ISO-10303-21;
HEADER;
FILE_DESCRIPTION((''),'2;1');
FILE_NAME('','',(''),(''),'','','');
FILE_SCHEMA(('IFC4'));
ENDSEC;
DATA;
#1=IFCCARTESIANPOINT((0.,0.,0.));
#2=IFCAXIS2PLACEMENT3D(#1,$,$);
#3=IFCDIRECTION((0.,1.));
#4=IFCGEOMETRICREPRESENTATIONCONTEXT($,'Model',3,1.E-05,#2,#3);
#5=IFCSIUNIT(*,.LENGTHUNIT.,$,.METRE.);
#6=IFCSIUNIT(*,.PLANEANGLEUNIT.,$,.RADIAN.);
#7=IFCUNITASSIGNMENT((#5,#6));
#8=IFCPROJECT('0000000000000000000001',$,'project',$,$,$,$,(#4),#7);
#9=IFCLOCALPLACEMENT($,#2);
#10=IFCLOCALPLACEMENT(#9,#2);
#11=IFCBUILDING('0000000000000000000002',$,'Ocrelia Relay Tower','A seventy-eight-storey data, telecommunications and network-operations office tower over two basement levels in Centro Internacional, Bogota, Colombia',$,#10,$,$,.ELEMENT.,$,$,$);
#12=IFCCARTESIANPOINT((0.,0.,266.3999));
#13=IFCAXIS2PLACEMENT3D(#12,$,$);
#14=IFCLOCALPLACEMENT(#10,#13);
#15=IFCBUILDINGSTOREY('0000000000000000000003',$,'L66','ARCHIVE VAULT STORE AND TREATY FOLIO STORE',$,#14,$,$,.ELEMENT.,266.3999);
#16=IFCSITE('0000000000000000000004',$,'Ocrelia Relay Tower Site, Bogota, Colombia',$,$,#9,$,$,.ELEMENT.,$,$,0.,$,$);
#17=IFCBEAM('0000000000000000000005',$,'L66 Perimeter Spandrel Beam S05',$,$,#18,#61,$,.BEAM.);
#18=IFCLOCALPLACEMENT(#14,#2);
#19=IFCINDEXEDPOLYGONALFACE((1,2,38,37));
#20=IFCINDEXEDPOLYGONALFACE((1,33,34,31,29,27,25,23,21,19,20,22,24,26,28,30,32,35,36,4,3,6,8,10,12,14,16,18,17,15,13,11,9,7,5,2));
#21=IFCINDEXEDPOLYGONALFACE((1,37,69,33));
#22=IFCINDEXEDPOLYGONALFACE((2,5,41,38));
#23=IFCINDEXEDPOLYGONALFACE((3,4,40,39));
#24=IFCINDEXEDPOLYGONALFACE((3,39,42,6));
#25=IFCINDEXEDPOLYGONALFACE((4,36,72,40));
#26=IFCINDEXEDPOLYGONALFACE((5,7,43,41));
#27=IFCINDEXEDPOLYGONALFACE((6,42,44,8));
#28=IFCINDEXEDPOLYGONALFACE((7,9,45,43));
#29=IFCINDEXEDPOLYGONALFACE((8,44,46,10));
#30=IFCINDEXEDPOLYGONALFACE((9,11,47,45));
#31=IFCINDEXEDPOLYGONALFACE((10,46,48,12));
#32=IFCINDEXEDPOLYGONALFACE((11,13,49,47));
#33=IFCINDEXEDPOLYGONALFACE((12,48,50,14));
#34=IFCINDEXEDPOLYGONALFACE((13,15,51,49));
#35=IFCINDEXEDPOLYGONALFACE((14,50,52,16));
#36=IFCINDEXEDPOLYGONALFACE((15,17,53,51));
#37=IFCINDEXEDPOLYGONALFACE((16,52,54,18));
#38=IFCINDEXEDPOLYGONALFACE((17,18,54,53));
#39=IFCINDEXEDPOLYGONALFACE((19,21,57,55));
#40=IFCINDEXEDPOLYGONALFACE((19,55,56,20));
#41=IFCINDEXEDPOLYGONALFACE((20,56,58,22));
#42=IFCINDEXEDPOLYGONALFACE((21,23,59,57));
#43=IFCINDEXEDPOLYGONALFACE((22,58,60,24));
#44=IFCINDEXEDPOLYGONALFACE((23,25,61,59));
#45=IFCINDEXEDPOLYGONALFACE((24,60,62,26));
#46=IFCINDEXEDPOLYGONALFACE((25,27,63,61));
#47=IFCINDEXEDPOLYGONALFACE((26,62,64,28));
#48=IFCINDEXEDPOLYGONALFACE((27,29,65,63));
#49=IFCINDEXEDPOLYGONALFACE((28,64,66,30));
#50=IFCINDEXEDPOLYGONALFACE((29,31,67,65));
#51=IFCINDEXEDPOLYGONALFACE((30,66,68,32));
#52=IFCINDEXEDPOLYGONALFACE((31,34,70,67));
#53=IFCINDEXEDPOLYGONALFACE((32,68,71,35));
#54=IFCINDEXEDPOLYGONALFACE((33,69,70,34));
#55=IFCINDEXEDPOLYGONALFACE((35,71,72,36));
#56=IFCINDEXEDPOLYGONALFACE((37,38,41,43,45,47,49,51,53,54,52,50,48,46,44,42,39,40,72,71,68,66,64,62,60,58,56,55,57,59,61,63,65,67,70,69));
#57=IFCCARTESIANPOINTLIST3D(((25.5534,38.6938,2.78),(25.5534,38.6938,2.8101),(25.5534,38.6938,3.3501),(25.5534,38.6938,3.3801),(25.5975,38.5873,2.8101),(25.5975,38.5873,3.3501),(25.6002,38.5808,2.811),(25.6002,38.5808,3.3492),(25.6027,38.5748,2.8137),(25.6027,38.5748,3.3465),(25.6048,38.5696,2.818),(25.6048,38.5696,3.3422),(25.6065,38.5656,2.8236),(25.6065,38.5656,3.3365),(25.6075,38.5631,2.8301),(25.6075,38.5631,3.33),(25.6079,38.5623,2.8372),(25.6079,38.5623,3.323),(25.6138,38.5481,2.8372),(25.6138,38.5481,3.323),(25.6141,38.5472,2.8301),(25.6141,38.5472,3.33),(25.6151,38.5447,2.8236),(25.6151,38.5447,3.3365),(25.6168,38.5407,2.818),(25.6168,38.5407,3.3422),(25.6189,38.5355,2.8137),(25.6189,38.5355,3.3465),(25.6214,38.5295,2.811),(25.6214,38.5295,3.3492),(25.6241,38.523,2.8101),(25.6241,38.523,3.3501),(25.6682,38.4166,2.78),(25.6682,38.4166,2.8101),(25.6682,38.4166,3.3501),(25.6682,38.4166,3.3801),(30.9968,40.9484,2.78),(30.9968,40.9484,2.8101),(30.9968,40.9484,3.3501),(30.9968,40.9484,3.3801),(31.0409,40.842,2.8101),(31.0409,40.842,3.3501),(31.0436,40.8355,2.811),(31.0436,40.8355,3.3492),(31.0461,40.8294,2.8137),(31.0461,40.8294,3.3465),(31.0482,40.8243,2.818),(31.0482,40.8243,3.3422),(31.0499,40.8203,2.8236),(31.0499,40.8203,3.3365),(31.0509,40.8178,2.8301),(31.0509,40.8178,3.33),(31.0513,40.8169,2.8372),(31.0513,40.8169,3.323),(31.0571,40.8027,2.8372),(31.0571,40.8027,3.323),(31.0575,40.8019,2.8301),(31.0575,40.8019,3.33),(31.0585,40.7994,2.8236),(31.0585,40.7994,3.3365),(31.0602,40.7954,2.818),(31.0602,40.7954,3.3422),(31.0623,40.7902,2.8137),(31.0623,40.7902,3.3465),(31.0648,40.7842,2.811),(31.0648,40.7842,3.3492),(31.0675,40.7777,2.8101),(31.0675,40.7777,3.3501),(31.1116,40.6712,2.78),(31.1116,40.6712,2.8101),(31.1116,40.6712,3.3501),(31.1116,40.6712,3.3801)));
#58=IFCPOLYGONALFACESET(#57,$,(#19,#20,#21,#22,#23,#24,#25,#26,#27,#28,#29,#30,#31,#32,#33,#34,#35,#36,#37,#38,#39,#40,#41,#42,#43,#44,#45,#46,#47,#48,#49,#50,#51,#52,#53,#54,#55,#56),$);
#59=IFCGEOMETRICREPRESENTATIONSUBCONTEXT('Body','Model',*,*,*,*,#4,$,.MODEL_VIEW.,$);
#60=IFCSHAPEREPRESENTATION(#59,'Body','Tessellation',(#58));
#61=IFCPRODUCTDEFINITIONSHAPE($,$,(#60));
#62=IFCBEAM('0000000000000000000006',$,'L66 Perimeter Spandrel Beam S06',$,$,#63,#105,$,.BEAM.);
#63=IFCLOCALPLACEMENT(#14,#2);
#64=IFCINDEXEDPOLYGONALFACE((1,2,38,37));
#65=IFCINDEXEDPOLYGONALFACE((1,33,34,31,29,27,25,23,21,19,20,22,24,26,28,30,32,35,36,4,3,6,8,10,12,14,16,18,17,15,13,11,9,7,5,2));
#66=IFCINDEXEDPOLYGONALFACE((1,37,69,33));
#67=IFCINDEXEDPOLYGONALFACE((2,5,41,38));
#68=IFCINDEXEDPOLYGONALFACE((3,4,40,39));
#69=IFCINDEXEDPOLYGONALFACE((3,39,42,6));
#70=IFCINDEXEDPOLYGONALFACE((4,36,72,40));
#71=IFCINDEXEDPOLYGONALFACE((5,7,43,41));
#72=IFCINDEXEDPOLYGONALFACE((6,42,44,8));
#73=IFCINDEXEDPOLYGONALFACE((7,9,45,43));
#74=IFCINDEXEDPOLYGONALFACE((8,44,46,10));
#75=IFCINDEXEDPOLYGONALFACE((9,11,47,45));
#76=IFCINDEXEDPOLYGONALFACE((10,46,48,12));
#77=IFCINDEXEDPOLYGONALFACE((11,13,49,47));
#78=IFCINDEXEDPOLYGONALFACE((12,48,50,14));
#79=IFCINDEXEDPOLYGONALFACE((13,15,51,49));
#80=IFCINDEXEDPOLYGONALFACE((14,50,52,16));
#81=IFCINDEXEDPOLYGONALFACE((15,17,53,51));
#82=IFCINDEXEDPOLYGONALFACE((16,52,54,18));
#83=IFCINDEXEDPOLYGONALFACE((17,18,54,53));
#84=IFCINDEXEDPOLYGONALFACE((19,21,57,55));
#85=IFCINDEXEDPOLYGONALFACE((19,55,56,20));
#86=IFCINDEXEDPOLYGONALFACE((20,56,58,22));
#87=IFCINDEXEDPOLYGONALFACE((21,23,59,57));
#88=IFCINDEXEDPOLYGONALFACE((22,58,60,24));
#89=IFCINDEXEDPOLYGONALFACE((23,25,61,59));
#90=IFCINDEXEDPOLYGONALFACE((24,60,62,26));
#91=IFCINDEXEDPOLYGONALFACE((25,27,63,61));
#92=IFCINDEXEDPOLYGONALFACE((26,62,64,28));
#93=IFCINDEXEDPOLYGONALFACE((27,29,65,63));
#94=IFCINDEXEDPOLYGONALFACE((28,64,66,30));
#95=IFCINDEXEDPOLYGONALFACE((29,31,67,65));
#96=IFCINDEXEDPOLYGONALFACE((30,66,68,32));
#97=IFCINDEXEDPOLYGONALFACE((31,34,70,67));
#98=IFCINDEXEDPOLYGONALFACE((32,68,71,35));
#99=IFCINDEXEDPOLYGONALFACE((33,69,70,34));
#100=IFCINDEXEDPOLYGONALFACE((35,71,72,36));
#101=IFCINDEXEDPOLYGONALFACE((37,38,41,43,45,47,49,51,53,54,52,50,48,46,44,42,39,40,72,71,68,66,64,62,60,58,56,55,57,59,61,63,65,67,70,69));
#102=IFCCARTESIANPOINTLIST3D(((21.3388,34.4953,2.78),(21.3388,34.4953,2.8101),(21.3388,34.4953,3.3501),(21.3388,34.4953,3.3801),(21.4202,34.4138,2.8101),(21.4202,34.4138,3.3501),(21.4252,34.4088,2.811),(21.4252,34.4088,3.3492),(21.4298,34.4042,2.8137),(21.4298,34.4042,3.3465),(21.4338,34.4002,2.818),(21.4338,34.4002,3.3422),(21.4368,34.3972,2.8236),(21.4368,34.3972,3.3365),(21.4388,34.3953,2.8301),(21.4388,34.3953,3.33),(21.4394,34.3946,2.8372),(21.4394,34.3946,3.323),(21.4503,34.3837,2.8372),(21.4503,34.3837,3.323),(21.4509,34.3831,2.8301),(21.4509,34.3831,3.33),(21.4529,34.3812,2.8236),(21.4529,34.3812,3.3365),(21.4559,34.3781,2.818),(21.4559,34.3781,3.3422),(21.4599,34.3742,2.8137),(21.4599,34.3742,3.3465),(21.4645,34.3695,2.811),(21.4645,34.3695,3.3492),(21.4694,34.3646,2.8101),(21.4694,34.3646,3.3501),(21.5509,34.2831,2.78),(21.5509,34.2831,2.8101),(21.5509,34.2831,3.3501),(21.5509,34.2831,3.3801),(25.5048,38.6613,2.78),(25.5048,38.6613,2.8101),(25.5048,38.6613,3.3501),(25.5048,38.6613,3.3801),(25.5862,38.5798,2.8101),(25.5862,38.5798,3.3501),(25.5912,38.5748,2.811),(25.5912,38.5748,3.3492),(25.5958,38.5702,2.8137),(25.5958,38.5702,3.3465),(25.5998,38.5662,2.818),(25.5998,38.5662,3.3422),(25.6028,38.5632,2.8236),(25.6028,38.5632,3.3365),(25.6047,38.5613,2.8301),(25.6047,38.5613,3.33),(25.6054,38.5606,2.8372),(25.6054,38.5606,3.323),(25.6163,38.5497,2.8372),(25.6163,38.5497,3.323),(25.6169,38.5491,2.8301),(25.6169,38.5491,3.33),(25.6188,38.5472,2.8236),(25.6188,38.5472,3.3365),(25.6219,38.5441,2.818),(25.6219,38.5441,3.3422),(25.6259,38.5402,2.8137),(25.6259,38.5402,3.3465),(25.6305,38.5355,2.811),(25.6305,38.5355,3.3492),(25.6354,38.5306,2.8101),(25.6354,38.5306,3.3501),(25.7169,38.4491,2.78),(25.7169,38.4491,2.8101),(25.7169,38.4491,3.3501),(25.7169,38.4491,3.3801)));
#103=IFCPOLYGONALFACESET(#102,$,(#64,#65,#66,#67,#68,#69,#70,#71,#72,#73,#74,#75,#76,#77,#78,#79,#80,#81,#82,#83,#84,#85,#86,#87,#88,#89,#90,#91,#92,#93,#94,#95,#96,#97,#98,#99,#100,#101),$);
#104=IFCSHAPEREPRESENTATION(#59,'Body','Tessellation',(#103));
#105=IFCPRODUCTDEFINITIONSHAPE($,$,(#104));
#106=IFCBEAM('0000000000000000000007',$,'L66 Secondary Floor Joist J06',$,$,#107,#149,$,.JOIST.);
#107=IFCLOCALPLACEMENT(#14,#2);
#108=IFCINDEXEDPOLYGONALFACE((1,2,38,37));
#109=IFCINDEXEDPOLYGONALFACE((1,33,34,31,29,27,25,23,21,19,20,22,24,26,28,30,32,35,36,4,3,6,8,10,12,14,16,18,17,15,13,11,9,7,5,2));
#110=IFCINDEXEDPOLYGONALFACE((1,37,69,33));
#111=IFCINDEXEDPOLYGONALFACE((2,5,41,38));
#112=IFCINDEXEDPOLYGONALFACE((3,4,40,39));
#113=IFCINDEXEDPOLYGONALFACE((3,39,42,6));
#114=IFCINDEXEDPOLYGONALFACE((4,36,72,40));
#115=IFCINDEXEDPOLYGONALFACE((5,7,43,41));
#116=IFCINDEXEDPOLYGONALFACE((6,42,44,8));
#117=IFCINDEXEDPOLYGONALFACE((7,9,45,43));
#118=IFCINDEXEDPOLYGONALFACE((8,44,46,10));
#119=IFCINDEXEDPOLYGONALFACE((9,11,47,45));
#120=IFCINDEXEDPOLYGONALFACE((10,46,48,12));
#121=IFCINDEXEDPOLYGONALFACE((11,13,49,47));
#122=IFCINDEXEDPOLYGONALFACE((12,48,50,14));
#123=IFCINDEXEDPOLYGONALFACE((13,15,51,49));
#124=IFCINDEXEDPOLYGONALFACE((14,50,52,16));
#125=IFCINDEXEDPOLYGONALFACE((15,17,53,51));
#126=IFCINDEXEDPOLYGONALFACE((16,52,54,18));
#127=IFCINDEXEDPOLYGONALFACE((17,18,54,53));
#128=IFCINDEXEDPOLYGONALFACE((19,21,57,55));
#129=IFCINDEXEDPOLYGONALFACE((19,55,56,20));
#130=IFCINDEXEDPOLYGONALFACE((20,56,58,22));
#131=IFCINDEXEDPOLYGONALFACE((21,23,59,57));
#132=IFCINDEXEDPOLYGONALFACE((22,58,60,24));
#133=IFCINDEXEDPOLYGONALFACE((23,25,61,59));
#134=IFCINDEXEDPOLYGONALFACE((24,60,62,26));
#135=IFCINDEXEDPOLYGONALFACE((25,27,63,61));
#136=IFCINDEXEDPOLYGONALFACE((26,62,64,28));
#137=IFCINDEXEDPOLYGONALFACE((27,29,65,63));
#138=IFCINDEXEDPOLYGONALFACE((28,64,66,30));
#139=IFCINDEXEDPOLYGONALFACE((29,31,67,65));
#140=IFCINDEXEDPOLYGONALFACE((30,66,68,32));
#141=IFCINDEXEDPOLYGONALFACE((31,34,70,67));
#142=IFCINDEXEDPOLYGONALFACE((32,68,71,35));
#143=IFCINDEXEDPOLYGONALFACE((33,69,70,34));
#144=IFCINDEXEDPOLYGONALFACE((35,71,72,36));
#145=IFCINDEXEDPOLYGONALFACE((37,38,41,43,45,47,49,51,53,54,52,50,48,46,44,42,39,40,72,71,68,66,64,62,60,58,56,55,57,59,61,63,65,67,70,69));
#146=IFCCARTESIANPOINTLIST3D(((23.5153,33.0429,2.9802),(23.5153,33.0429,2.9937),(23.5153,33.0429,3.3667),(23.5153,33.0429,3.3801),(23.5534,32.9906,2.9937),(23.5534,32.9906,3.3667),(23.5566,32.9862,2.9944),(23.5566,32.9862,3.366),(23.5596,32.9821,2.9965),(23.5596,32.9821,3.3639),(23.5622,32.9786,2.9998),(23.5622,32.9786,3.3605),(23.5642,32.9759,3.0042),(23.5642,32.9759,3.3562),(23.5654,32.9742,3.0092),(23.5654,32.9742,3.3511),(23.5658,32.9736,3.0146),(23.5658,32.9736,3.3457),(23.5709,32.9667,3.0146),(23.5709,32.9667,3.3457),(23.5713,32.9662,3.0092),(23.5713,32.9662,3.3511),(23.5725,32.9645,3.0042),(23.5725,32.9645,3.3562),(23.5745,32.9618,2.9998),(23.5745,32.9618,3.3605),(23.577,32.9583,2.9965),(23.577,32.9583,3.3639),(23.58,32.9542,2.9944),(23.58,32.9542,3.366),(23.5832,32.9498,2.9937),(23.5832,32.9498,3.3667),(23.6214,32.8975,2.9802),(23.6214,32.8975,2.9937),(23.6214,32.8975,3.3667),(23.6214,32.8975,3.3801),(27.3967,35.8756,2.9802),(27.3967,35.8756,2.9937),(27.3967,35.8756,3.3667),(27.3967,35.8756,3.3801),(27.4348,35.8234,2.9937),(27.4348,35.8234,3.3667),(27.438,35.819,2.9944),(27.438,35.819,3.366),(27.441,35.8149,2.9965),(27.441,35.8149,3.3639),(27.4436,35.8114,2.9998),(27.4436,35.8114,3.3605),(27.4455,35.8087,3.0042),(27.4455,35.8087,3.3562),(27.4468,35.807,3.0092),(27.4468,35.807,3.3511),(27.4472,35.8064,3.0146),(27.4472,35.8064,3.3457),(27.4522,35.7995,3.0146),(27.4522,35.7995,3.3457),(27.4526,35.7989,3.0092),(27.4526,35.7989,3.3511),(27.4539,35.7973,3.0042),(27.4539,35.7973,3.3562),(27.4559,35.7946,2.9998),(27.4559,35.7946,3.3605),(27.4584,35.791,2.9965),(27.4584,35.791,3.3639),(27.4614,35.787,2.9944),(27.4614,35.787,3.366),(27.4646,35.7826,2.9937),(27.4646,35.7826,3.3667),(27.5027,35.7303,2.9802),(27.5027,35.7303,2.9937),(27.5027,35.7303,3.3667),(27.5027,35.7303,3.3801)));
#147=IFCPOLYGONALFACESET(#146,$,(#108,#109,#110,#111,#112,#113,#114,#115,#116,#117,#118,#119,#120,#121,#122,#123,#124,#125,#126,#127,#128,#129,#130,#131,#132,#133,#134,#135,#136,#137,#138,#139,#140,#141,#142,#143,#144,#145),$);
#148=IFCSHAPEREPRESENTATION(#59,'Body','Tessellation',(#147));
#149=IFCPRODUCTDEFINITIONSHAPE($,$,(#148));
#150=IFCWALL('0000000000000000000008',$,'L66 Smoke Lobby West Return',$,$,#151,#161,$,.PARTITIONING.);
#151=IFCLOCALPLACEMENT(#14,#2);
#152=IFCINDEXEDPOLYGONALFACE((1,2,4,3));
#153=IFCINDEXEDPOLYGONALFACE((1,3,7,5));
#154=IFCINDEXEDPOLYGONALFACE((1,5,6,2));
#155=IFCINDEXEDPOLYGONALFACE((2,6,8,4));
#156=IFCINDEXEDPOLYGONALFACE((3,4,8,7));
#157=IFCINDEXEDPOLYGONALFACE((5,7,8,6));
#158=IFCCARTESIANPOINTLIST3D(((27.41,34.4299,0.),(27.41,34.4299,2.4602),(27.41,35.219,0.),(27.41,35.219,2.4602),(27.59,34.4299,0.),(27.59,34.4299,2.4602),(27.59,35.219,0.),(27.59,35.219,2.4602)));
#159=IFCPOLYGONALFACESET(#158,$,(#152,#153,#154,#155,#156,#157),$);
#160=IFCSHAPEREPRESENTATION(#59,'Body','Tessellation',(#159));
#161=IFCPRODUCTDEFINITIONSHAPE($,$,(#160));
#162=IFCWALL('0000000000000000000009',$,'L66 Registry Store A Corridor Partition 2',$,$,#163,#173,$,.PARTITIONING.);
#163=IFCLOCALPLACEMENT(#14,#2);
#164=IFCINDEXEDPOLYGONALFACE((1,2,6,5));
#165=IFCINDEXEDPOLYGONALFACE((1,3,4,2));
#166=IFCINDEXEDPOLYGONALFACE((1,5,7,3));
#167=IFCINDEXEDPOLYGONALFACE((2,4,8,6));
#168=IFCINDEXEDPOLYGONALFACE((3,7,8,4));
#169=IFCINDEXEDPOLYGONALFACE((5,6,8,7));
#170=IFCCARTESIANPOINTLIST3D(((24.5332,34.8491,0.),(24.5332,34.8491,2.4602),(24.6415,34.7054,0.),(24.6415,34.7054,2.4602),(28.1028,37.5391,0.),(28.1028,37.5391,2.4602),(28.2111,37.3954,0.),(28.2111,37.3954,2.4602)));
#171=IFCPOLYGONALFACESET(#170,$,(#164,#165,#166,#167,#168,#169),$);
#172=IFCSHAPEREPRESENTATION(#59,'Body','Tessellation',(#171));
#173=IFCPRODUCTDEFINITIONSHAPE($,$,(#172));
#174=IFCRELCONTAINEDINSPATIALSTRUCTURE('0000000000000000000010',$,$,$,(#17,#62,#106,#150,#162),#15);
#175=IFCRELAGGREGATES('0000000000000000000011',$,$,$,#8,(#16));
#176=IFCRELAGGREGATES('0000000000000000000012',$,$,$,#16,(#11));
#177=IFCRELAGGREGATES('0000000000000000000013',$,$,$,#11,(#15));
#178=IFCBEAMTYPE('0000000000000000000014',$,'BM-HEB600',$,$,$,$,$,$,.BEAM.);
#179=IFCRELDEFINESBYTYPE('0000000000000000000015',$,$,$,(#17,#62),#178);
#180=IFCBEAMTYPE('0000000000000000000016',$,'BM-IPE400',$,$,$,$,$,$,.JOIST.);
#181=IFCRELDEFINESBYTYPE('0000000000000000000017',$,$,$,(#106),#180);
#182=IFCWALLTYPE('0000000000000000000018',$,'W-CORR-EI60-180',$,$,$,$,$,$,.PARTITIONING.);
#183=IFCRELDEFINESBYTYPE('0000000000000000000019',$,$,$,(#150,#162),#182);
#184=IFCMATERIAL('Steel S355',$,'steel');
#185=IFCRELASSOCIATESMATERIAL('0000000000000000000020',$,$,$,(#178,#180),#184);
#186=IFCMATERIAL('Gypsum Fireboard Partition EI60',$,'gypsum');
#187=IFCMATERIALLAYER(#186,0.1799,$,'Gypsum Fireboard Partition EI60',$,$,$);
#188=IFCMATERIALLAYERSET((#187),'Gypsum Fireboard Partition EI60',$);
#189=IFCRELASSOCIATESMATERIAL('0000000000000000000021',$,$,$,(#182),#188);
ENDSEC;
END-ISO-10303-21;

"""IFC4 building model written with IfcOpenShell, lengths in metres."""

from ifc_helpers import new_model, si_unit, direction, frame, frame_2d, origin, origin_2d, place, context, subcontext, project, spatial, rectangle, i_section, extrude, material, layer, layer_set, material_profile, profile_set, type_object, element, save


model = new_model("IFC4")

# Units and contexts
model_context = context("Model", 3, precision=1e-05, world=origin(), true_north=direction((0.0, 1.0)))
body_context = subcontext(model_context, "Body", "Model", "MODEL_VIEW")
ifc_project = project(units=[si_unit("LENGTHUNIT", "METRE"), si_unit("PLANEANGLEUNIT", "RADIAN")], contexts=[model_context])

# Site, building, storey
site_placement = place(None, origin())
site = spatial("IfcSite", under=ifc_project, at=site_placement, Name="Ocrelia Relay Tower Site, Bogota, Colombia", CompositionType="ELEMENT", RefElevation=0.0)
building_placement = place(site_placement, origin())
building = spatial("IfcBuilding", under=site, at=building_placement, Name="Ocrelia Relay Tower", Description="A seventy-eight-storey data, telecommunications and network-operations office tower over two basement levels in Centro Internacional, Bogota, Colombia", CompositionType="ELEMENT")
storey_placement = place(building_placement, frame((0.0, 0.0, 266.3999)))
storey = spatial("IfcBuildingStorey", under=building, at=storey_placement, Name="L66", Description="ARCHIVE VAULT STORE AND TREATY FOLIO STORE", CompositionType="ELEMENT", Elevation=266.3999)

# Beams
ifc_material_1 = material(Name="Steel S355", Category="steel")
ifc_material_profile_1 = material_profile(ifc_material_1, i_section(OverallWidth=0.3, OverallDepth=0.6001, WebThickness=0.0154, FlangeThickness=0.03, FilletRadius=0.0271, at=origin_2d()), Name="HEB 600")
ifc_profile_set_1 = profile_set([ifc_material_profile_1], Name="Steel S355")
beam_type_1 = type_object("IfcBeamType", Name="BM-HEB600", PredefinedType="BEAM", material=ifc_profile_set_1)
beam_1_placement = place(storey_placement, frame((31.0542, 40.8098, 3.0801), z_axis=(-0.923884, -0.382673, 0.0), x_axis=(0.382673, -0.923884, 0.0)))
element("IfcBeam", 1, at=beam_1_placement, inside=storey, type_object=beam_type_1, Name="L66 Perimeter Spandrel Beam S05", PredefinedType="BEAM", context=body_context, shape_type="SweptSolid", body=[
    extrude(i_section(OverallWidth=0.3, OverallDepth=0.6001, WebThickness=0.0154, FlangeThickness=0.03, FilletRadius=0.0271, at=origin_2d()), origin(), (0.0, 0.0, 1.0), 5.8918),
])
beam_2_placement = place(storey_placement, frame((25.6108, 38.5552, 3.0801), z_axis=(-0.707107, -0.707107, 0.0), x_axis=(0.707107, -0.707107, 0.0)))
element("IfcBeam", 2, at=beam_2_placement, inside=storey, type_object=beam_type_1, Name="L66 Perimeter Spandrel Beam S06", PredefinedType="BEAM", context=body_context, shape_type="SweptSolid", body=[
    extrude(i_section(OverallWidth=0.3, OverallDepth=0.6001, WebThickness=0.0154, FlangeThickness=0.03, FilletRadius=0.0271, at=origin_2d()), origin(), (0.0, 0.0, 1.0), 5.8916),
])
ifc_material_profile_2 = material_profile(ifc_material_1, i_section(OverallWidth=0.1799, OverallDepth=0.3999, WebThickness=0.0085, FlangeThickness=0.0134, FilletRadius=0.021, at=origin_2d()), Name="IPE 400")
ifc_profile_set_2 = profile_set([ifc_material_profile_2], Name="Steel S355")
beam_type_2 = type_object("IfcBeamType", Name="BM-IPE400", PredefinedType="JOIST", material=ifc_profile_set_2)
beam_3_placement = place(storey_placement, frame((27.4497, 35.803, 3.1802), z_axis=(-0.807748, -0.589527, 0.0), x_axis=(0.589527, -0.807748, 0.0)))
element("IfcBeam", 3, at=beam_3_placement, inside=storey, type_object=beam_type_2, Name="L66 Secondary Floor Joist J06", PredefinedType="JOIST", context=body_context, shape_type="SweptSolid", body=[
    extrude(i_section(OverallWidth=0.1799, OverallDepth=0.3999, WebThickness=0.0085, FlangeThickness=0.0134, FilletRadius=0.021, at=origin_2d()), origin(), (0.0, 0.0, 1.0), 4.8052),
])

# Wall
ifc_material_2 = material(Name="Gypsum Fireboard Partition EI60", Category="gypsum")
ifc_layer_1 = layer(ifc_material_2, 0.1799, Name="Gypsum Fireboard Partition EI60")
ifc_layer_set_1 = layer_set([ifc_layer_1], Name="Gypsum Fireboard Partition EI60")
wall_type_1 = type_object("IfcWallType", Name="W-CORR-EI60-180", PredefinedType="PARTITIONING", material=ifc_layer_set_1)
wall_1_placement = place(storey_placement, frame((27.5, 34.4299, 0.0), z_axis=(0.0, 0.0, 1.0), x_axis=(0.0, 1.0, 0.0)))
element("IfcWall", 4, at=wall_1_placement, inside=storey, type_object=wall_type_1, Name="L66 Smoke Lobby West Return", PredefinedType="PARTITIONING", context=body_context, shape_type="SweptSolid", body=[
    extrude(rectangle(XDim=0.7891, YDim=0.1799, at=frame_2d((0.3945, 0.0))), origin(), (0.0, 0.0, 1.0), 2.4602),
])

# Wall
wall_2_placement = place(storey_placement, frame((28.157, 37.4673, 0.0), z_axis=(0.0, 0.0, 1.0), x_axis=(-0.798628, -0.601825, 0.0)))
element("IfcWall", 5, at=wall_2_placement, inside=storey, type_object=wall_type_1, Name="L66 Registry Store A Corridor Partition 2", PredefinedType="PARTITIONING", context=body_context, shape_type="SweptSolid", body=[
    extrude(rectangle(XDim=4.4697, YDim=0.1799, at=frame_2d((2.2349, 0.0))), origin(), (0.0, 0.0, 1.0), 2.4602),
])

save(model, "model.ifc")
